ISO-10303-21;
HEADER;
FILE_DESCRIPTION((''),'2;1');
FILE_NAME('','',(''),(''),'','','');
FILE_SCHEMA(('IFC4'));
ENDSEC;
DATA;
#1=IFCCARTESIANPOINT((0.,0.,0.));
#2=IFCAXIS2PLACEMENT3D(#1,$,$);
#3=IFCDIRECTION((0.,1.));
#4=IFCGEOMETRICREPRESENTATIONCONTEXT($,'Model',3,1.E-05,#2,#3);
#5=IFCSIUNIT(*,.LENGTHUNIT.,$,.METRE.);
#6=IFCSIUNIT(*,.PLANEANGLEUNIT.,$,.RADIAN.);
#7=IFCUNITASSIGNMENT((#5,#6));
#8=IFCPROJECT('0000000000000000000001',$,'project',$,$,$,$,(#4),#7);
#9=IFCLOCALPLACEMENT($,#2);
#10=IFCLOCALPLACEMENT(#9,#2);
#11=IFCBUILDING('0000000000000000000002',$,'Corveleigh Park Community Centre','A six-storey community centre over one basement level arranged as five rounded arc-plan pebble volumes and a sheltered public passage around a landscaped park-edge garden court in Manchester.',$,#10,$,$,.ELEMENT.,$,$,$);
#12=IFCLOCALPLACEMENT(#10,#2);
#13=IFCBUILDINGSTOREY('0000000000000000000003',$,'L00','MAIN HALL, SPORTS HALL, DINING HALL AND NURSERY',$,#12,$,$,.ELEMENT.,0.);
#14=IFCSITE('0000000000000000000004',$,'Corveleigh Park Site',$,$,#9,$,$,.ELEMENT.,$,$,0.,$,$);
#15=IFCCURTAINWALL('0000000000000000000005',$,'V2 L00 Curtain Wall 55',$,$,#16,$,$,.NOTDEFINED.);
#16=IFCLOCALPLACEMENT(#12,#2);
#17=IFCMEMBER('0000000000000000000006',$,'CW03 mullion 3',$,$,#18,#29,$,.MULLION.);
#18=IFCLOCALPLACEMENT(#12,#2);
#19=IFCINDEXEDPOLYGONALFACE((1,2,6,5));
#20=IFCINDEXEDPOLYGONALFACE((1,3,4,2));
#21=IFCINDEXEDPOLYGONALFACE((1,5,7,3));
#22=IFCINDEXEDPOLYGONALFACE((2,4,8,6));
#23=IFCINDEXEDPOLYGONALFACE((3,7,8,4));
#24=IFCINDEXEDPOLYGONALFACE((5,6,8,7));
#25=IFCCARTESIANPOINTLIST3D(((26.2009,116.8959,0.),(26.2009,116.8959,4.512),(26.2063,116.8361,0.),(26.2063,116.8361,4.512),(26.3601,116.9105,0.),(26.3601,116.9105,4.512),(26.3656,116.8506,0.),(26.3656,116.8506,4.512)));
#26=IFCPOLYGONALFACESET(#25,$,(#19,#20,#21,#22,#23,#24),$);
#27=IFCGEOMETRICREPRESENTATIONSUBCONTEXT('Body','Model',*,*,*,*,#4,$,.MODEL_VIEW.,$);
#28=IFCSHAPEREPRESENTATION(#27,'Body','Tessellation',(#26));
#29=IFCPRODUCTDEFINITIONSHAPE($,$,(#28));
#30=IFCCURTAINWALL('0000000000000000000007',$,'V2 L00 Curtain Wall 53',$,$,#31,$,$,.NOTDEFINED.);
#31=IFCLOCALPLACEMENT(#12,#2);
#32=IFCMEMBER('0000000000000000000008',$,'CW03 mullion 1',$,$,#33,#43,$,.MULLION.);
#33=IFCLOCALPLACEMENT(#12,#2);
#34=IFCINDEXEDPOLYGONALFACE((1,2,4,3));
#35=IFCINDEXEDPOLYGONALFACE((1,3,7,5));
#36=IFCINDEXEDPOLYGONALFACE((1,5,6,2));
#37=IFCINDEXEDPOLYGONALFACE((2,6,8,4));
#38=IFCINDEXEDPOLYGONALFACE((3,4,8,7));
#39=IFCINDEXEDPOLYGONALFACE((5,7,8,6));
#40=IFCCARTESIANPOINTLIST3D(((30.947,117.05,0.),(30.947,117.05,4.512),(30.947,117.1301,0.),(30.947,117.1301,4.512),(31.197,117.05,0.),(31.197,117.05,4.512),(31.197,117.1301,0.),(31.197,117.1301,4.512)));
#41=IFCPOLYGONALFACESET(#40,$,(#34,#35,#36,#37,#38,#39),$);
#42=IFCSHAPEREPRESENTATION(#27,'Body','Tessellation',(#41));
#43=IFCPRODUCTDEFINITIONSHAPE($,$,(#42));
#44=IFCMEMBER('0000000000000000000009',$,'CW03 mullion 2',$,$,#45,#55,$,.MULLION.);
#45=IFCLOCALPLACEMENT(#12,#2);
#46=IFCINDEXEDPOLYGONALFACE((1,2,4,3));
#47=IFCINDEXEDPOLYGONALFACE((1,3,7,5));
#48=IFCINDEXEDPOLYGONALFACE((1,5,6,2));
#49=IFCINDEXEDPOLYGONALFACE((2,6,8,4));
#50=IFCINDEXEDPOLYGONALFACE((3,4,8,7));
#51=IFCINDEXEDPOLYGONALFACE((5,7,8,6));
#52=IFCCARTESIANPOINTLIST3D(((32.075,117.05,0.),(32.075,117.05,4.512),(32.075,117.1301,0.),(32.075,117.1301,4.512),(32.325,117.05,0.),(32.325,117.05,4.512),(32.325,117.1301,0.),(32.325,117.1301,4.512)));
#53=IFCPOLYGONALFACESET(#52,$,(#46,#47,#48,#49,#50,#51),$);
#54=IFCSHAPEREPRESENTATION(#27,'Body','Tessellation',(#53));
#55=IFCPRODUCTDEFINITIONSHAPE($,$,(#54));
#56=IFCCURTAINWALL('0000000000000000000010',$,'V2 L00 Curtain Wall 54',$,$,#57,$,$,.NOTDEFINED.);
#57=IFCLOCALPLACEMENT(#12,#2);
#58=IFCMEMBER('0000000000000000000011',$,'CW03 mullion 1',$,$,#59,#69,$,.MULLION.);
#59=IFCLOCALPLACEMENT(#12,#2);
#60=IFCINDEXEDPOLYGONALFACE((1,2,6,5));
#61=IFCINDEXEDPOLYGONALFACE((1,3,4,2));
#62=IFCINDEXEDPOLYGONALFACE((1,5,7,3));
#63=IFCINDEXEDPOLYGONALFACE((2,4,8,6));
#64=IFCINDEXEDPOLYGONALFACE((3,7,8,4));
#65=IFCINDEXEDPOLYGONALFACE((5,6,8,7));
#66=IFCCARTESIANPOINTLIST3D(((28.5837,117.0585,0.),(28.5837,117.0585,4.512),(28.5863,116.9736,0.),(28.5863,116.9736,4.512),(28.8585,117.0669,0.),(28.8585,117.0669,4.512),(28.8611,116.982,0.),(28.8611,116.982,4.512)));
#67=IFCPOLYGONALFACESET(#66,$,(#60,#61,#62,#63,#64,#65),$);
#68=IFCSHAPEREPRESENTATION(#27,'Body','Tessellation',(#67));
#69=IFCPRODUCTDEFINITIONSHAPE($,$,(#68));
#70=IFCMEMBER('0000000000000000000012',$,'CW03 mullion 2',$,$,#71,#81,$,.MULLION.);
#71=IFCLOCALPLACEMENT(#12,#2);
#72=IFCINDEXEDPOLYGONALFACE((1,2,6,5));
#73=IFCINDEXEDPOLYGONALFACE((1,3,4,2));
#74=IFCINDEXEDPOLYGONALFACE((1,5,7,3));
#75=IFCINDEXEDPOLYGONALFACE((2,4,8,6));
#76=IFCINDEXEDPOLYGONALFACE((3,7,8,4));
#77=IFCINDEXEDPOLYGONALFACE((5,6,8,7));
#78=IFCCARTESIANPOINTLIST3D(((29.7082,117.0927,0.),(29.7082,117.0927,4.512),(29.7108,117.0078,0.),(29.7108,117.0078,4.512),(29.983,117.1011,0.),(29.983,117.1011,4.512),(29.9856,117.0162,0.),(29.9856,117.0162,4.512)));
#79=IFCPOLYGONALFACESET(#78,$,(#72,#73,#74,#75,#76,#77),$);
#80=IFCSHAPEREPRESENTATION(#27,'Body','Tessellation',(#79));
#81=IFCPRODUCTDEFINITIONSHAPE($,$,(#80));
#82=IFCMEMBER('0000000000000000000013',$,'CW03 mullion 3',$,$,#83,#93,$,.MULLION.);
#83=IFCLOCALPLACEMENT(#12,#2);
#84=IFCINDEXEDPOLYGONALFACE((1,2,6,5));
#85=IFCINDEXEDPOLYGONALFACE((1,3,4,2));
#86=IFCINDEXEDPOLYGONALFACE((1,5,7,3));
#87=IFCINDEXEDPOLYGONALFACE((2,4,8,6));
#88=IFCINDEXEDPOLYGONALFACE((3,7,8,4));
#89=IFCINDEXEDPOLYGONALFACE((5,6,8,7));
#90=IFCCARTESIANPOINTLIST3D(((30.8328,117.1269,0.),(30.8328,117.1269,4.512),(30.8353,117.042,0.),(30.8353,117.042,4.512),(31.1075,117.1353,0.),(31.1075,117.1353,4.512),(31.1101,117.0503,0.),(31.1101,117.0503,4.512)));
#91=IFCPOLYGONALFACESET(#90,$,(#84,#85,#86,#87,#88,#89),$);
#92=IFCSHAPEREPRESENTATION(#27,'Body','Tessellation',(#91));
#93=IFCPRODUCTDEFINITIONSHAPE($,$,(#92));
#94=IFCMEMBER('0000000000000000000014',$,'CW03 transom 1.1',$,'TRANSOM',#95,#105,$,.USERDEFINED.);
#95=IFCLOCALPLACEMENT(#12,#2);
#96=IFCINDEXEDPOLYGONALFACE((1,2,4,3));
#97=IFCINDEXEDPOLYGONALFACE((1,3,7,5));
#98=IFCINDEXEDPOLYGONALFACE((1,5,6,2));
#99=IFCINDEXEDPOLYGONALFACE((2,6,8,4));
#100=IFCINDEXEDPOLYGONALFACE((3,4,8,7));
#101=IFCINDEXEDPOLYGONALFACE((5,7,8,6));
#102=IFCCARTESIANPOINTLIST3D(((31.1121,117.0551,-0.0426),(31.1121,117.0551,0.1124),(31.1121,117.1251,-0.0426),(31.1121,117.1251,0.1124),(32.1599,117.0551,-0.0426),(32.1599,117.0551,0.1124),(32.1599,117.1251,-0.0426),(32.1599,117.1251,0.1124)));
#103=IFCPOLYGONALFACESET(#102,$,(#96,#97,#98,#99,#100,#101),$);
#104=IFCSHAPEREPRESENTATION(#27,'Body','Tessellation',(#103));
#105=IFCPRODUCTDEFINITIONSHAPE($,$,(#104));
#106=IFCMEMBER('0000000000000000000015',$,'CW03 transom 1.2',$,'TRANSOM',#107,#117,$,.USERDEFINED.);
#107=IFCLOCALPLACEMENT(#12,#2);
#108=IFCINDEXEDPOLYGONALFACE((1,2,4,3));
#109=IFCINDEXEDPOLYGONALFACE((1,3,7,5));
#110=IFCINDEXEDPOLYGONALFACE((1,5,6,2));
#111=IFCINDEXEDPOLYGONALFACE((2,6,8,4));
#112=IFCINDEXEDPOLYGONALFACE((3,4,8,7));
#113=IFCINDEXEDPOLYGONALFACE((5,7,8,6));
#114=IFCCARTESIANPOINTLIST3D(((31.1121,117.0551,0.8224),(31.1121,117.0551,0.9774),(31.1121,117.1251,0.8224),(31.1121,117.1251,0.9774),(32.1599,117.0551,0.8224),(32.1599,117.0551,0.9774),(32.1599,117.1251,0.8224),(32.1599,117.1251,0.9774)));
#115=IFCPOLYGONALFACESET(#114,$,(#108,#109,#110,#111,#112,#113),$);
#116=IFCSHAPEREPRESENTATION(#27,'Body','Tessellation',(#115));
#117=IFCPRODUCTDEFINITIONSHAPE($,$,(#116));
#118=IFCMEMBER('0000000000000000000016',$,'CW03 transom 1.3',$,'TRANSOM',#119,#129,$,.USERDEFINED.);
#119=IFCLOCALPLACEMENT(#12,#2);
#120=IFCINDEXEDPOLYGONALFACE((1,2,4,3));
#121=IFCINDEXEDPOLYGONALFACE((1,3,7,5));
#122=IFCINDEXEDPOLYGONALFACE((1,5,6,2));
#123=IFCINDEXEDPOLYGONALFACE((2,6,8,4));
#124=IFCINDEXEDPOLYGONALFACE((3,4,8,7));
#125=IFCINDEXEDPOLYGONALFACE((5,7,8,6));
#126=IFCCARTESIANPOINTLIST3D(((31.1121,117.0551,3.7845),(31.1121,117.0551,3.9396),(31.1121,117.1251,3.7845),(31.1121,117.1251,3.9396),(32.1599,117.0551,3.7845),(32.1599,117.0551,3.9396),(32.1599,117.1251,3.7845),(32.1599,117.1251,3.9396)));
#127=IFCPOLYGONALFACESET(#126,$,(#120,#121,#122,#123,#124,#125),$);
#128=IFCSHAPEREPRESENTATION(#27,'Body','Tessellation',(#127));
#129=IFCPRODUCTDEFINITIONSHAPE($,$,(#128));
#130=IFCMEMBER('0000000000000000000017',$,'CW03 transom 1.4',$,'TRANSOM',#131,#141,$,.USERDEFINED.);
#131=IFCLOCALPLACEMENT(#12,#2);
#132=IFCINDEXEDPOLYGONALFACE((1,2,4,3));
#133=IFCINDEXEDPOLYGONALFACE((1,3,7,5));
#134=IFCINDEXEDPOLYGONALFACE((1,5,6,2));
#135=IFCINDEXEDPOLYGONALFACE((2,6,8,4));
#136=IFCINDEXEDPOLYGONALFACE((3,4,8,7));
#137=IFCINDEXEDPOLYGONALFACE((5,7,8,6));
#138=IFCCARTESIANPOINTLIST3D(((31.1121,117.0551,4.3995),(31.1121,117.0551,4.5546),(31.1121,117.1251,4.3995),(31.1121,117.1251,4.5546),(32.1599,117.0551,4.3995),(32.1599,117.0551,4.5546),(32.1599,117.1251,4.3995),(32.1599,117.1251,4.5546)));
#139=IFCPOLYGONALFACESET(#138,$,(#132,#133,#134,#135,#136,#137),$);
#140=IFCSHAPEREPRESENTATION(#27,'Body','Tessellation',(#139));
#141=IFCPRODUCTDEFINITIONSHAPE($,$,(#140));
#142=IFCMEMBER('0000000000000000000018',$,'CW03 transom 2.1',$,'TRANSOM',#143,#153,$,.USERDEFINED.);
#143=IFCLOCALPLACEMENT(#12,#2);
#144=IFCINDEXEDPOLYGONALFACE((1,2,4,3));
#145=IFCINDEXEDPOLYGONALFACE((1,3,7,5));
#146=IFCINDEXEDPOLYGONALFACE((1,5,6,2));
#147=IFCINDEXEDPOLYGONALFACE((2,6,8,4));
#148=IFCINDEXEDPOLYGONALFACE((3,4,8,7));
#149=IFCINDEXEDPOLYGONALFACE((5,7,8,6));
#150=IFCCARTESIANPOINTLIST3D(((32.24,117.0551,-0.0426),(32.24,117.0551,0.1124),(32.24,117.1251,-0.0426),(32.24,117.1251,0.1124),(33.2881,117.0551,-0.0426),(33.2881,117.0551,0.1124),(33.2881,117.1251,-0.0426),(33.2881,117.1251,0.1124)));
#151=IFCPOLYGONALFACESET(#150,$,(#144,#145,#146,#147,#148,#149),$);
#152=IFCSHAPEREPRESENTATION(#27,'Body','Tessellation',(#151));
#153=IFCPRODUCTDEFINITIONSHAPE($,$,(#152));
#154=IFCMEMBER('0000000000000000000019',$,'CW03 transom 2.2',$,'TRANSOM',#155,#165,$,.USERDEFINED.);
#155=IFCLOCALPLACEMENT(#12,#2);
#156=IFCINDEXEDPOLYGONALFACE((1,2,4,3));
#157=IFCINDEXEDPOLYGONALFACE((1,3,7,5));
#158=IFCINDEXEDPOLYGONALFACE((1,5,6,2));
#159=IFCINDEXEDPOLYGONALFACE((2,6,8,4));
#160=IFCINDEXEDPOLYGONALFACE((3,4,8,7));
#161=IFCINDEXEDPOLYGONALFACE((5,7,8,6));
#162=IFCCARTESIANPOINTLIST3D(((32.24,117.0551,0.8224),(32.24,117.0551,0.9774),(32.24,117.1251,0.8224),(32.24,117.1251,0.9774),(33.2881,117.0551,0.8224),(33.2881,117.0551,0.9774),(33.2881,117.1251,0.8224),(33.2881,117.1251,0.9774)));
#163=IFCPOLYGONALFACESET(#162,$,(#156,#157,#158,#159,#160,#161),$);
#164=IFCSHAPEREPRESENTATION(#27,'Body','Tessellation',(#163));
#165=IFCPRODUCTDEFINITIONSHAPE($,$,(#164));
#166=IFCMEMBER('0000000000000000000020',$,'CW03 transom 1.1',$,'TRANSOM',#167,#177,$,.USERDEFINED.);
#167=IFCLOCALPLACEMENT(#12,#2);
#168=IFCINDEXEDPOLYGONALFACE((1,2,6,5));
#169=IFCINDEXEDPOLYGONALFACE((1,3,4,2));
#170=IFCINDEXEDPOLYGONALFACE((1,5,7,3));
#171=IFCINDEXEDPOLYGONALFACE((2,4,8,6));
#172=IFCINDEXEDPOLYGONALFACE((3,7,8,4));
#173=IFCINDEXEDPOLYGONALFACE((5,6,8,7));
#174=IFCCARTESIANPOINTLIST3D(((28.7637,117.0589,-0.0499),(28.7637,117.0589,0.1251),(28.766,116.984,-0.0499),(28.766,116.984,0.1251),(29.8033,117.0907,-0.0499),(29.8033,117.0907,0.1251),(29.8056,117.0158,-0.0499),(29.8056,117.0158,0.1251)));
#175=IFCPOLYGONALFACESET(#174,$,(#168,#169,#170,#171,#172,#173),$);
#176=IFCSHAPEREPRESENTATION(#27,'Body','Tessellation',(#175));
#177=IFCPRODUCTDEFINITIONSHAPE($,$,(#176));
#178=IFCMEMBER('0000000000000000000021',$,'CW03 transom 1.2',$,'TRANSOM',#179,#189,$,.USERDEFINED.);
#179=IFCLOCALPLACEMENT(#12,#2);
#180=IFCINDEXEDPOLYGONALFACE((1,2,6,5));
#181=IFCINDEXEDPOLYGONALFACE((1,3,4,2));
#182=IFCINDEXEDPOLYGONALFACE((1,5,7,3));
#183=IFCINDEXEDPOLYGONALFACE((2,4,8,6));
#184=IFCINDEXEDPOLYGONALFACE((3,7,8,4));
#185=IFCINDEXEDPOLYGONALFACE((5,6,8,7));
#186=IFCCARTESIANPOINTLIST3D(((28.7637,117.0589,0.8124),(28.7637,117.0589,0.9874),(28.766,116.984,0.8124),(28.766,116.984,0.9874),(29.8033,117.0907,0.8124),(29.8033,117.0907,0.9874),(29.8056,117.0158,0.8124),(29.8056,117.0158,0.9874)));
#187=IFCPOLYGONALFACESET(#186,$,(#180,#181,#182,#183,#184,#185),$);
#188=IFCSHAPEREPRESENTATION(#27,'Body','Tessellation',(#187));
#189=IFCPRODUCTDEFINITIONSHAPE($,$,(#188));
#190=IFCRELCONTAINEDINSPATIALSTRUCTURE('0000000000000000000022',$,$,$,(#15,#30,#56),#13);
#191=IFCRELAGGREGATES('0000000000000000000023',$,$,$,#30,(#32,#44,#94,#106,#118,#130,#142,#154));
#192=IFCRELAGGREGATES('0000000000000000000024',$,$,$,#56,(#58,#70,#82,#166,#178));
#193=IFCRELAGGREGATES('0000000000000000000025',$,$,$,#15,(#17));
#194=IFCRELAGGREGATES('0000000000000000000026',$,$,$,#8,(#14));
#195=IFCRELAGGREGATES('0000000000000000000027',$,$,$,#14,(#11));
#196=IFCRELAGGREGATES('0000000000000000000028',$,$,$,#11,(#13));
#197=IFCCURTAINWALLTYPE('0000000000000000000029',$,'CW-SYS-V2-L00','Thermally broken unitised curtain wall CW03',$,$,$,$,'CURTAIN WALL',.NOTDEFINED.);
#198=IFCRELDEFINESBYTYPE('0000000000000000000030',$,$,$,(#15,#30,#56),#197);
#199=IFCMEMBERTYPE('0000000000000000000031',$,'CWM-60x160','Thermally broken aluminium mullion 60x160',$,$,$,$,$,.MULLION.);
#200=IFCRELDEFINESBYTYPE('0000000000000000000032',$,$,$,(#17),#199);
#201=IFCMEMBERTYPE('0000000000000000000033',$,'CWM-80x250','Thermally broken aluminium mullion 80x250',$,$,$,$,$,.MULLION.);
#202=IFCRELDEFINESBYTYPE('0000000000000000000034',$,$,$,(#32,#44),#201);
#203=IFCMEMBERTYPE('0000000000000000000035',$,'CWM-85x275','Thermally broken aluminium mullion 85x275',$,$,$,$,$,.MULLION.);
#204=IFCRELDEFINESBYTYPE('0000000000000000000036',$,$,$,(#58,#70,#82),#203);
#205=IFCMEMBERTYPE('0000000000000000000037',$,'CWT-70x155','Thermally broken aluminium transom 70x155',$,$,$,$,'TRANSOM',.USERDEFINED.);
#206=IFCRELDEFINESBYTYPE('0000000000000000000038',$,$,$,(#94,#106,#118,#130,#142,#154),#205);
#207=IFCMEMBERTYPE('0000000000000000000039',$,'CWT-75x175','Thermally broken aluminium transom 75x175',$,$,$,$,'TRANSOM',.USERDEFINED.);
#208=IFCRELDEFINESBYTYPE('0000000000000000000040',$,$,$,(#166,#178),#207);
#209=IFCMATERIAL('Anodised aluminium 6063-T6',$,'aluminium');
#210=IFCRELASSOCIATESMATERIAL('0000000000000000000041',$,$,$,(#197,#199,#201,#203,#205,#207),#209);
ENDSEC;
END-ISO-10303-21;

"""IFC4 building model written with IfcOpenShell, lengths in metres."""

from ifc_helpers import new_model, si_unit, direction, frame, origin, origin_2d, place, context, subcontext, project, spatial, rectangle, extrude, material, material_profile, profile_set, type_object, element, aggregate, save


model = new_model("IFC4")

# Units and contexts
model_context = context("Model", 3, precision=1e-05, world=origin(), true_north=direction((0.0, 1.0)))
body_context = subcontext(model_context, "Body", "Model", "MODEL_VIEW")
ifc_project = project(units=[si_unit("LENGTHUNIT", "METRE"), si_unit("PLANEANGLEUNIT", "RADIAN")], contexts=[model_context])

# Site, building, storey
site_placement = place(None, origin())
site = spatial("IfcSite", under=ifc_project, at=site_placement, Name="Corveleigh Park Site", CompositionType="ELEMENT", RefElevation=0.0)
building_placement = place(site_placement, origin())
building = spatial("IfcBuilding", under=site, at=building_placement, Name="Corveleigh Park Community Centre", Description="A six-storey community centre over one basement level arranged as five rounded arc-plan pebble volumes and a sheltered public passage around a landscaped park-edge garden court in Manchester.", CompositionType="ELEMENT")
storey_placement = place(building_placement, origin())
storey = spatial("IfcBuildingStorey", under=building, at=storey_placement, Name="L00", Description="MAIN HALL, SPORTS HALL, DINING HALL AND NURSERY", CompositionType="ELEMENT", Elevation=0.0)

# Curtain wall, member
ifc_material_1 = material(Name="Anodised aluminium 6063-T6", Category="aluminium")
curtain_wall_type = type_object("IfcCurtainWallType", Name="CW-SYS-V2-L00", Description="Thermally broken unitised curtain wall CW03", ElementType="CURTAIN WALL", PredefinedType="NOTDEFINED", material=ifc_material_1)
curtain_wall_1_placement = place(storey_placement, origin())
curtain_wall_1 = element("IfcCurtainWall", 1, at=curtain_wall_1_placement, inside=storey, type_object=curtain_wall_type, Name="V2 L00 Curtain Wall 55", PredefinedType="NOTDEFINED")
ifc_material_profile_1 = material_profile(ifc_material_1, rectangle(XDim=0.0601, YDim=0.1599, at=origin_2d()), Name="ALU-M60x160", Category="aluminium")
ifc_profile_set_1 = profile_set([ifc_material_profile_1], Name="Anodised aluminium 6063-T6")
member_type_1 = type_object("IfcMemberType", Name="CWM-60x160", Description="Thermally broken aluminium mullion 60x160", PredefinedType="MULLION", material=ifc_profile_set_1)
member_1_placement = place(storey_placement, frame((26.2832, 116.8733, 0.0), z_axis=(0.0, 0.0, 1.0), x_axis=(-0.090767, 0.995872, 0.0)))
member_1 = element("IfcMember", 2, at=member_1_placement, type_object=member_type_1, Name="CW03 mullion 3", PredefinedType="MULLION", context=body_context, shape_type="SweptSolid", body=[
    extrude(rectangle(XDim=0.0601, YDim=0.1599, at=origin_2d()), origin(), (0.0, 0.0, 1.0), 4.512),
])

# Curtain walls, members
curtain_wall_2_placement = place(storey_placement, origin())
curtain_wall_2 = element("IfcCurtainWall", 3, at=curtain_wall_2_placement, inside=storey, type_object=curtain_wall_type, Name="V2 L00 Curtain Wall 53", PredefinedType="NOTDEFINED")
ifc_material_profile_2 = material_profile(ifc_material_1, rectangle(XDim=0.0801, YDim=0.25, at=origin_2d()), Name="ALU-M80x250", Category="aluminium")
ifc_profile_set_2 = profile_set([ifc_material_profile_2], Name="Anodised aluminium 6063-T6")
member_type_2 = type_object("IfcMemberType", Name="CWM-80x250", Description="Thermally broken aluminium mullion 80x250", PredefinedType="MULLION", material=ifc_profile_set_2)
member_2_placement = place(storey_placement, frame((31.072, 117.0901, 0.0), z_axis=(0.0, 0.0, 1.0), x_axis=(0.0, 1.0, 0.0)))
member_2 = element("IfcMember", 4, at=member_2_placement, type_object=member_type_2, Name="CW03 mullion 1", PredefinedType="MULLION", context=body_context, shape_type="SweptSolid", body=[
    extrude(rectangle(XDim=0.0801, YDim=0.25, at=origin_2d()), origin(), (0.0, 0.0, 1.0), 4.512),
])
member_3_placement = place(storey_placement, frame((32.2, 117.0901, 0.0), z_axis=(0.0, 0.0, 1.0), x_axis=(0.0, 1.0, 0.0)))
member_3 = element("IfcMember", 5, at=member_3_placement, type_object=member_type_2, Name="CW03 mullion 2", PredefinedType="MULLION", context=body_context, shape_type="SweptSolid", body=[
    extrude(rectangle(XDim=0.0801, YDim=0.25, at=origin_2d()), origin(), (0.0, 0.0, 1.0), 4.512),
])
curtain_wall_3_placement = place(storey_placement, origin())
curtain_wall_3 = element("IfcCurtainWall", 6, at=curtain_wall_3_placement, inside=storey, type_object=curtain_wall_type, Name="V2 L00 Curtain Wall 54", PredefinedType="NOTDEFINED")
ifc_material_profile_3 = material_profile(ifc_material_1, rectangle(XDim=0.085, YDim=0.2749, at=origin_2d()), Name="ALU-M85x275", Category="aluminium")
ifc_profile_set_3 = profile_set([ifc_material_profile_3], Name="Anodised aluminium 6063-T6")
member_type_3 = type_object("IfcMemberType", Name="CWM-85x275", Description="Thermally broken aluminium mullion 85x275", PredefinedType="MULLION", material=ifc_profile_set_3)
member_4_placement = place(storey_placement, frame((28.7224, 117.0203, 0.0), z_axis=(0.0, 0.0, 1.0), x_axis=(-0.030406, 0.999538, 0.0)))
member_4 = element("IfcMember", 7, at=member_4_placement, type_object=member_type_3, Name="CW03 mullion 1", PredefinedType="MULLION", context=body_context, shape_type="SweptSolid", body=[
    extrude(rectangle(XDim=0.085, YDim=0.2749, at=origin_2d()), origin(), (0.0, 0.0, 1.0), 4.512),
])
member_5_placement = place(storey_placement, frame((29.8469, 117.0544, 0.0), z_axis=(0.0, 0.0, 1.0), x_axis=(-0.030406, 0.999538, 0.0)))
member_5 = element("IfcMember", 8, at=member_5_placement, type_object=member_type_3, Name="CW03 mullion 2", PredefinedType="MULLION", context=body_context, shape_type="SweptSolid", body=[
    extrude(rectangle(XDim=0.085, YDim=0.2749, at=origin_2d()), origin(), (0.0, 0.0, 1.0), 4.512),
])
member_6_placement = place(storey_placement, frame((30.9714, 117.0886, 0.0), z_axis=(0.0, 0.0, 1.0), x_axis=(-0.030406, 0.999538, 0.0)))
member_6 = element("IfcMember", 9, at=member_6_placement, type_object=member_type_3, Name="CW03 mullion 3", PredefinedType="MULLION", context=body_context, shape_type="SweptSolid", body=[
    extrude(rectangle(XDim=0.085, YDim=0.2749, at=origin_2d()), origin(), (0.0, 0.0, 1.0), 4.512),
])

# Members
ifc_material_profile_4 = material_profile(ifc_material_1, rectangle(XDim=0.0701, YDim=0.155, at=origin_2d()), Name="ALU-T70x155", Category="aluminium")
ifc_profile_set_4 = profile_set([ifc_material_profile_4], Name="Anodised aluminium 6063-T6")
member_type_4 = type_object("IfcMemberType", Name="CWT-70x155", Description="Thermally broken aluminium transom 70x155", ElementType="TRANSOM", PredefinedType="USERDEFINED", material=ifc_profile_set_4)
member_7_placement = place(storey_placement, frame((31.1121, 117.0901, 0.0349), z_axis=(1.0, 0.0, 0.0), x_axis=(0.0, 1.0, 0.0)))
member_7 = element("IfcMember", 10, at=member_7_placement, type_object=member_type_4, Name="CW03 transom 1.1", ObjectType="TRANSOM", PredefinedType="USERDEFINED", context=body_context, shape_type="SweptSolid", body=[
    extrude(rectangle(XDim=0.0701, YDim=0.155, at=origin_2d()), origin(), (0.0, 0.0, 1.0), 1.0479),
])
member_8_placement = place(storey_placement, frame((31.1121, 117.0901, 0.8999), z_axis=(1.0, 0.0, 0.0), x_axis=(0.0, 1.0, 0.0)))
member_8 = element("IfcMember", 11, at=member_8_placement, type_object=member_type_4, Name="CW03 transom 1.2", ObjectType="TRANSOM", PredefinedType="USERDEFINED", context=body_context, shape_type="SweptSolid", body=[
    extrude(rectangle(XDim=0.0701, YDim=0.155, at=origin_2d()), origin(), (0.0, 0.0, 1.0), 1.0479),
])
member_9_placement = place(storey_placement, frame((31.1121, 117.0901, 3.8621), z_axis=(1.0, 0.0, 0.0), x_axis=(0.0, 1.0, 0.0)))
member_9 = element("IfcMember", 12, at=member_9_placement, type_object=member_type_4, Name="CW03 transom 1.3", ObjectType="TRANSOM", PredefinedType="USERDEFINED", context=body_context, shape_type="SweptSolid", body=[
    extrude(rectangle(XDim=0.0701, YDim=0.155, at=origin_2d()), origin(), (0.0, 0.0, 1.0), 1.0479),
])
member_10_placement = place(storey_placement, frame((31.1121, 117.0901, 4.4771), z_axis=(1.0, 0.0, 0.0), x_axis=(0.0, 1.0, 0.0)))
member_10 = element("IfcMember", 13, at=member_10_placement, type_object=member_type_4, Name="CW03 transom 1.4", ObjectType="TRANSOM", PredefinedType="USERDEFINED", context=body_context, shape_type="SweptSolid", body=[
    extrude(rectangle(XDim=0.0701, YDim=0.155, at=origin_2d()), origin(), (0.0, 0.0, 1.0), 1.0479),
])
member_11_placement = place(storey_placement, frame((32.24, 117.0901, 0.0349), z_axis=(1.0, 0.0, 0.0), x_axis=(0.0, 1.0, 0.0)))
member_11 = element("IfcMember", 14, at=member_11_placement, type_object=member_type_4, Name="CW03 transom 2.1", ObjectType="TRANSOM", PredefinedType="USERDEFINED", context=body_context, shape_type="SweptSolid", body=[
    extrude(rectangle(XDim=0.0701, YDim=0.155, at=origin_2d()), origin(), (0.0, 0.0, 1.0), 1.0481),
])
member_12_placement = place(storey_placement, frame((32.24, 117.0901, 0.8999), z_axis=(1.0, 0.0, 0.0), x_axis=(0.0, 1.0, 0.0)))
member_12 = element("IfcMember", 15, at=member_12_placement, type_object=member_type_4, Name="CW03 transom 2.2", ObjectType="TRANSOM", PredefinedType="USERDEFINED", context=body_context, shape_type="SweptSolid", body=[
    extrude(rectangle(XDim=0.0701, YDim=0.155, at=origin_2d()), origin(), (0.0, 0.0, 1.0), 1.0481),
])
ifc_material_profile_5 = material_profile(ifc_material_1, rectangle(XDim=0.075, YDim=0.175, at=origin_2d()), Name="ALU-T75x175", Category="aluminium")
ifc_profile_set_5 = profile_set([ifc_material_profile_5], Name="Anodised aluminium 6063-T6")
member_type_5 = type_object("IfcMemberType", Name="CWT-75x175", Description="Thermally broken aluminium transom 75x175", ElementType="TRANSOM", PredefinedType="USERDEFINED", material=ifc_profile_set_5)
member_13_placement = place(storey_placement, frame((28.7649, 117.0215, 0.0376), z_axis=(0.999534, 0.030517, 0.0), x_axis=(-0.030517, 0.999534, 0.0)))
member_13 = element("IfcMember", 16, at=member_13_placement, type_object=member_type_5, Name="CW03 transom 1.1", ObjectType="TRANSOM", PredefinedType="USERDEFINED", context=body_context, shape_type="SweptSolid", body=[
    extrude(rectangle(XDim=0.075, YDim=0.175, at=origin_2d()), origin(), (0.0, 0.0, 1.0), 1.04),
])
member_14_placement = place(storey_placement, frame((28.7649, 117.0215, 0.8999), z_axis=(0.999534, 0.030517, 0.0), x_axis=(-0.030517, 0.999534, 0.0)))
member_14 = element("IfcMember", 17, at=member_14_placement, type_object=member_type_5, Name="CW03 transom 1.2", ObjectType="TRANSOM", PredefinedType="USERDEFINED", context=body_context, shape_type="SweptSolid", body=[
    extrude(rectangle(XDim=0.075, YDim=0.175, at=origin_2d()), origin(), (0.0, 0.0, 1.0), 1.04),
])

aggregate(curtain_wall_2, [member_2, member_3, member_7, member_8, member_9, member_10, member_11, member_12])
aggregate(curtain_wall_3, [member_4, member_5, member_6, member_13, member_14])
aggregate(curtain_wall_1, [member_1])

save(model, "model.ifc")
